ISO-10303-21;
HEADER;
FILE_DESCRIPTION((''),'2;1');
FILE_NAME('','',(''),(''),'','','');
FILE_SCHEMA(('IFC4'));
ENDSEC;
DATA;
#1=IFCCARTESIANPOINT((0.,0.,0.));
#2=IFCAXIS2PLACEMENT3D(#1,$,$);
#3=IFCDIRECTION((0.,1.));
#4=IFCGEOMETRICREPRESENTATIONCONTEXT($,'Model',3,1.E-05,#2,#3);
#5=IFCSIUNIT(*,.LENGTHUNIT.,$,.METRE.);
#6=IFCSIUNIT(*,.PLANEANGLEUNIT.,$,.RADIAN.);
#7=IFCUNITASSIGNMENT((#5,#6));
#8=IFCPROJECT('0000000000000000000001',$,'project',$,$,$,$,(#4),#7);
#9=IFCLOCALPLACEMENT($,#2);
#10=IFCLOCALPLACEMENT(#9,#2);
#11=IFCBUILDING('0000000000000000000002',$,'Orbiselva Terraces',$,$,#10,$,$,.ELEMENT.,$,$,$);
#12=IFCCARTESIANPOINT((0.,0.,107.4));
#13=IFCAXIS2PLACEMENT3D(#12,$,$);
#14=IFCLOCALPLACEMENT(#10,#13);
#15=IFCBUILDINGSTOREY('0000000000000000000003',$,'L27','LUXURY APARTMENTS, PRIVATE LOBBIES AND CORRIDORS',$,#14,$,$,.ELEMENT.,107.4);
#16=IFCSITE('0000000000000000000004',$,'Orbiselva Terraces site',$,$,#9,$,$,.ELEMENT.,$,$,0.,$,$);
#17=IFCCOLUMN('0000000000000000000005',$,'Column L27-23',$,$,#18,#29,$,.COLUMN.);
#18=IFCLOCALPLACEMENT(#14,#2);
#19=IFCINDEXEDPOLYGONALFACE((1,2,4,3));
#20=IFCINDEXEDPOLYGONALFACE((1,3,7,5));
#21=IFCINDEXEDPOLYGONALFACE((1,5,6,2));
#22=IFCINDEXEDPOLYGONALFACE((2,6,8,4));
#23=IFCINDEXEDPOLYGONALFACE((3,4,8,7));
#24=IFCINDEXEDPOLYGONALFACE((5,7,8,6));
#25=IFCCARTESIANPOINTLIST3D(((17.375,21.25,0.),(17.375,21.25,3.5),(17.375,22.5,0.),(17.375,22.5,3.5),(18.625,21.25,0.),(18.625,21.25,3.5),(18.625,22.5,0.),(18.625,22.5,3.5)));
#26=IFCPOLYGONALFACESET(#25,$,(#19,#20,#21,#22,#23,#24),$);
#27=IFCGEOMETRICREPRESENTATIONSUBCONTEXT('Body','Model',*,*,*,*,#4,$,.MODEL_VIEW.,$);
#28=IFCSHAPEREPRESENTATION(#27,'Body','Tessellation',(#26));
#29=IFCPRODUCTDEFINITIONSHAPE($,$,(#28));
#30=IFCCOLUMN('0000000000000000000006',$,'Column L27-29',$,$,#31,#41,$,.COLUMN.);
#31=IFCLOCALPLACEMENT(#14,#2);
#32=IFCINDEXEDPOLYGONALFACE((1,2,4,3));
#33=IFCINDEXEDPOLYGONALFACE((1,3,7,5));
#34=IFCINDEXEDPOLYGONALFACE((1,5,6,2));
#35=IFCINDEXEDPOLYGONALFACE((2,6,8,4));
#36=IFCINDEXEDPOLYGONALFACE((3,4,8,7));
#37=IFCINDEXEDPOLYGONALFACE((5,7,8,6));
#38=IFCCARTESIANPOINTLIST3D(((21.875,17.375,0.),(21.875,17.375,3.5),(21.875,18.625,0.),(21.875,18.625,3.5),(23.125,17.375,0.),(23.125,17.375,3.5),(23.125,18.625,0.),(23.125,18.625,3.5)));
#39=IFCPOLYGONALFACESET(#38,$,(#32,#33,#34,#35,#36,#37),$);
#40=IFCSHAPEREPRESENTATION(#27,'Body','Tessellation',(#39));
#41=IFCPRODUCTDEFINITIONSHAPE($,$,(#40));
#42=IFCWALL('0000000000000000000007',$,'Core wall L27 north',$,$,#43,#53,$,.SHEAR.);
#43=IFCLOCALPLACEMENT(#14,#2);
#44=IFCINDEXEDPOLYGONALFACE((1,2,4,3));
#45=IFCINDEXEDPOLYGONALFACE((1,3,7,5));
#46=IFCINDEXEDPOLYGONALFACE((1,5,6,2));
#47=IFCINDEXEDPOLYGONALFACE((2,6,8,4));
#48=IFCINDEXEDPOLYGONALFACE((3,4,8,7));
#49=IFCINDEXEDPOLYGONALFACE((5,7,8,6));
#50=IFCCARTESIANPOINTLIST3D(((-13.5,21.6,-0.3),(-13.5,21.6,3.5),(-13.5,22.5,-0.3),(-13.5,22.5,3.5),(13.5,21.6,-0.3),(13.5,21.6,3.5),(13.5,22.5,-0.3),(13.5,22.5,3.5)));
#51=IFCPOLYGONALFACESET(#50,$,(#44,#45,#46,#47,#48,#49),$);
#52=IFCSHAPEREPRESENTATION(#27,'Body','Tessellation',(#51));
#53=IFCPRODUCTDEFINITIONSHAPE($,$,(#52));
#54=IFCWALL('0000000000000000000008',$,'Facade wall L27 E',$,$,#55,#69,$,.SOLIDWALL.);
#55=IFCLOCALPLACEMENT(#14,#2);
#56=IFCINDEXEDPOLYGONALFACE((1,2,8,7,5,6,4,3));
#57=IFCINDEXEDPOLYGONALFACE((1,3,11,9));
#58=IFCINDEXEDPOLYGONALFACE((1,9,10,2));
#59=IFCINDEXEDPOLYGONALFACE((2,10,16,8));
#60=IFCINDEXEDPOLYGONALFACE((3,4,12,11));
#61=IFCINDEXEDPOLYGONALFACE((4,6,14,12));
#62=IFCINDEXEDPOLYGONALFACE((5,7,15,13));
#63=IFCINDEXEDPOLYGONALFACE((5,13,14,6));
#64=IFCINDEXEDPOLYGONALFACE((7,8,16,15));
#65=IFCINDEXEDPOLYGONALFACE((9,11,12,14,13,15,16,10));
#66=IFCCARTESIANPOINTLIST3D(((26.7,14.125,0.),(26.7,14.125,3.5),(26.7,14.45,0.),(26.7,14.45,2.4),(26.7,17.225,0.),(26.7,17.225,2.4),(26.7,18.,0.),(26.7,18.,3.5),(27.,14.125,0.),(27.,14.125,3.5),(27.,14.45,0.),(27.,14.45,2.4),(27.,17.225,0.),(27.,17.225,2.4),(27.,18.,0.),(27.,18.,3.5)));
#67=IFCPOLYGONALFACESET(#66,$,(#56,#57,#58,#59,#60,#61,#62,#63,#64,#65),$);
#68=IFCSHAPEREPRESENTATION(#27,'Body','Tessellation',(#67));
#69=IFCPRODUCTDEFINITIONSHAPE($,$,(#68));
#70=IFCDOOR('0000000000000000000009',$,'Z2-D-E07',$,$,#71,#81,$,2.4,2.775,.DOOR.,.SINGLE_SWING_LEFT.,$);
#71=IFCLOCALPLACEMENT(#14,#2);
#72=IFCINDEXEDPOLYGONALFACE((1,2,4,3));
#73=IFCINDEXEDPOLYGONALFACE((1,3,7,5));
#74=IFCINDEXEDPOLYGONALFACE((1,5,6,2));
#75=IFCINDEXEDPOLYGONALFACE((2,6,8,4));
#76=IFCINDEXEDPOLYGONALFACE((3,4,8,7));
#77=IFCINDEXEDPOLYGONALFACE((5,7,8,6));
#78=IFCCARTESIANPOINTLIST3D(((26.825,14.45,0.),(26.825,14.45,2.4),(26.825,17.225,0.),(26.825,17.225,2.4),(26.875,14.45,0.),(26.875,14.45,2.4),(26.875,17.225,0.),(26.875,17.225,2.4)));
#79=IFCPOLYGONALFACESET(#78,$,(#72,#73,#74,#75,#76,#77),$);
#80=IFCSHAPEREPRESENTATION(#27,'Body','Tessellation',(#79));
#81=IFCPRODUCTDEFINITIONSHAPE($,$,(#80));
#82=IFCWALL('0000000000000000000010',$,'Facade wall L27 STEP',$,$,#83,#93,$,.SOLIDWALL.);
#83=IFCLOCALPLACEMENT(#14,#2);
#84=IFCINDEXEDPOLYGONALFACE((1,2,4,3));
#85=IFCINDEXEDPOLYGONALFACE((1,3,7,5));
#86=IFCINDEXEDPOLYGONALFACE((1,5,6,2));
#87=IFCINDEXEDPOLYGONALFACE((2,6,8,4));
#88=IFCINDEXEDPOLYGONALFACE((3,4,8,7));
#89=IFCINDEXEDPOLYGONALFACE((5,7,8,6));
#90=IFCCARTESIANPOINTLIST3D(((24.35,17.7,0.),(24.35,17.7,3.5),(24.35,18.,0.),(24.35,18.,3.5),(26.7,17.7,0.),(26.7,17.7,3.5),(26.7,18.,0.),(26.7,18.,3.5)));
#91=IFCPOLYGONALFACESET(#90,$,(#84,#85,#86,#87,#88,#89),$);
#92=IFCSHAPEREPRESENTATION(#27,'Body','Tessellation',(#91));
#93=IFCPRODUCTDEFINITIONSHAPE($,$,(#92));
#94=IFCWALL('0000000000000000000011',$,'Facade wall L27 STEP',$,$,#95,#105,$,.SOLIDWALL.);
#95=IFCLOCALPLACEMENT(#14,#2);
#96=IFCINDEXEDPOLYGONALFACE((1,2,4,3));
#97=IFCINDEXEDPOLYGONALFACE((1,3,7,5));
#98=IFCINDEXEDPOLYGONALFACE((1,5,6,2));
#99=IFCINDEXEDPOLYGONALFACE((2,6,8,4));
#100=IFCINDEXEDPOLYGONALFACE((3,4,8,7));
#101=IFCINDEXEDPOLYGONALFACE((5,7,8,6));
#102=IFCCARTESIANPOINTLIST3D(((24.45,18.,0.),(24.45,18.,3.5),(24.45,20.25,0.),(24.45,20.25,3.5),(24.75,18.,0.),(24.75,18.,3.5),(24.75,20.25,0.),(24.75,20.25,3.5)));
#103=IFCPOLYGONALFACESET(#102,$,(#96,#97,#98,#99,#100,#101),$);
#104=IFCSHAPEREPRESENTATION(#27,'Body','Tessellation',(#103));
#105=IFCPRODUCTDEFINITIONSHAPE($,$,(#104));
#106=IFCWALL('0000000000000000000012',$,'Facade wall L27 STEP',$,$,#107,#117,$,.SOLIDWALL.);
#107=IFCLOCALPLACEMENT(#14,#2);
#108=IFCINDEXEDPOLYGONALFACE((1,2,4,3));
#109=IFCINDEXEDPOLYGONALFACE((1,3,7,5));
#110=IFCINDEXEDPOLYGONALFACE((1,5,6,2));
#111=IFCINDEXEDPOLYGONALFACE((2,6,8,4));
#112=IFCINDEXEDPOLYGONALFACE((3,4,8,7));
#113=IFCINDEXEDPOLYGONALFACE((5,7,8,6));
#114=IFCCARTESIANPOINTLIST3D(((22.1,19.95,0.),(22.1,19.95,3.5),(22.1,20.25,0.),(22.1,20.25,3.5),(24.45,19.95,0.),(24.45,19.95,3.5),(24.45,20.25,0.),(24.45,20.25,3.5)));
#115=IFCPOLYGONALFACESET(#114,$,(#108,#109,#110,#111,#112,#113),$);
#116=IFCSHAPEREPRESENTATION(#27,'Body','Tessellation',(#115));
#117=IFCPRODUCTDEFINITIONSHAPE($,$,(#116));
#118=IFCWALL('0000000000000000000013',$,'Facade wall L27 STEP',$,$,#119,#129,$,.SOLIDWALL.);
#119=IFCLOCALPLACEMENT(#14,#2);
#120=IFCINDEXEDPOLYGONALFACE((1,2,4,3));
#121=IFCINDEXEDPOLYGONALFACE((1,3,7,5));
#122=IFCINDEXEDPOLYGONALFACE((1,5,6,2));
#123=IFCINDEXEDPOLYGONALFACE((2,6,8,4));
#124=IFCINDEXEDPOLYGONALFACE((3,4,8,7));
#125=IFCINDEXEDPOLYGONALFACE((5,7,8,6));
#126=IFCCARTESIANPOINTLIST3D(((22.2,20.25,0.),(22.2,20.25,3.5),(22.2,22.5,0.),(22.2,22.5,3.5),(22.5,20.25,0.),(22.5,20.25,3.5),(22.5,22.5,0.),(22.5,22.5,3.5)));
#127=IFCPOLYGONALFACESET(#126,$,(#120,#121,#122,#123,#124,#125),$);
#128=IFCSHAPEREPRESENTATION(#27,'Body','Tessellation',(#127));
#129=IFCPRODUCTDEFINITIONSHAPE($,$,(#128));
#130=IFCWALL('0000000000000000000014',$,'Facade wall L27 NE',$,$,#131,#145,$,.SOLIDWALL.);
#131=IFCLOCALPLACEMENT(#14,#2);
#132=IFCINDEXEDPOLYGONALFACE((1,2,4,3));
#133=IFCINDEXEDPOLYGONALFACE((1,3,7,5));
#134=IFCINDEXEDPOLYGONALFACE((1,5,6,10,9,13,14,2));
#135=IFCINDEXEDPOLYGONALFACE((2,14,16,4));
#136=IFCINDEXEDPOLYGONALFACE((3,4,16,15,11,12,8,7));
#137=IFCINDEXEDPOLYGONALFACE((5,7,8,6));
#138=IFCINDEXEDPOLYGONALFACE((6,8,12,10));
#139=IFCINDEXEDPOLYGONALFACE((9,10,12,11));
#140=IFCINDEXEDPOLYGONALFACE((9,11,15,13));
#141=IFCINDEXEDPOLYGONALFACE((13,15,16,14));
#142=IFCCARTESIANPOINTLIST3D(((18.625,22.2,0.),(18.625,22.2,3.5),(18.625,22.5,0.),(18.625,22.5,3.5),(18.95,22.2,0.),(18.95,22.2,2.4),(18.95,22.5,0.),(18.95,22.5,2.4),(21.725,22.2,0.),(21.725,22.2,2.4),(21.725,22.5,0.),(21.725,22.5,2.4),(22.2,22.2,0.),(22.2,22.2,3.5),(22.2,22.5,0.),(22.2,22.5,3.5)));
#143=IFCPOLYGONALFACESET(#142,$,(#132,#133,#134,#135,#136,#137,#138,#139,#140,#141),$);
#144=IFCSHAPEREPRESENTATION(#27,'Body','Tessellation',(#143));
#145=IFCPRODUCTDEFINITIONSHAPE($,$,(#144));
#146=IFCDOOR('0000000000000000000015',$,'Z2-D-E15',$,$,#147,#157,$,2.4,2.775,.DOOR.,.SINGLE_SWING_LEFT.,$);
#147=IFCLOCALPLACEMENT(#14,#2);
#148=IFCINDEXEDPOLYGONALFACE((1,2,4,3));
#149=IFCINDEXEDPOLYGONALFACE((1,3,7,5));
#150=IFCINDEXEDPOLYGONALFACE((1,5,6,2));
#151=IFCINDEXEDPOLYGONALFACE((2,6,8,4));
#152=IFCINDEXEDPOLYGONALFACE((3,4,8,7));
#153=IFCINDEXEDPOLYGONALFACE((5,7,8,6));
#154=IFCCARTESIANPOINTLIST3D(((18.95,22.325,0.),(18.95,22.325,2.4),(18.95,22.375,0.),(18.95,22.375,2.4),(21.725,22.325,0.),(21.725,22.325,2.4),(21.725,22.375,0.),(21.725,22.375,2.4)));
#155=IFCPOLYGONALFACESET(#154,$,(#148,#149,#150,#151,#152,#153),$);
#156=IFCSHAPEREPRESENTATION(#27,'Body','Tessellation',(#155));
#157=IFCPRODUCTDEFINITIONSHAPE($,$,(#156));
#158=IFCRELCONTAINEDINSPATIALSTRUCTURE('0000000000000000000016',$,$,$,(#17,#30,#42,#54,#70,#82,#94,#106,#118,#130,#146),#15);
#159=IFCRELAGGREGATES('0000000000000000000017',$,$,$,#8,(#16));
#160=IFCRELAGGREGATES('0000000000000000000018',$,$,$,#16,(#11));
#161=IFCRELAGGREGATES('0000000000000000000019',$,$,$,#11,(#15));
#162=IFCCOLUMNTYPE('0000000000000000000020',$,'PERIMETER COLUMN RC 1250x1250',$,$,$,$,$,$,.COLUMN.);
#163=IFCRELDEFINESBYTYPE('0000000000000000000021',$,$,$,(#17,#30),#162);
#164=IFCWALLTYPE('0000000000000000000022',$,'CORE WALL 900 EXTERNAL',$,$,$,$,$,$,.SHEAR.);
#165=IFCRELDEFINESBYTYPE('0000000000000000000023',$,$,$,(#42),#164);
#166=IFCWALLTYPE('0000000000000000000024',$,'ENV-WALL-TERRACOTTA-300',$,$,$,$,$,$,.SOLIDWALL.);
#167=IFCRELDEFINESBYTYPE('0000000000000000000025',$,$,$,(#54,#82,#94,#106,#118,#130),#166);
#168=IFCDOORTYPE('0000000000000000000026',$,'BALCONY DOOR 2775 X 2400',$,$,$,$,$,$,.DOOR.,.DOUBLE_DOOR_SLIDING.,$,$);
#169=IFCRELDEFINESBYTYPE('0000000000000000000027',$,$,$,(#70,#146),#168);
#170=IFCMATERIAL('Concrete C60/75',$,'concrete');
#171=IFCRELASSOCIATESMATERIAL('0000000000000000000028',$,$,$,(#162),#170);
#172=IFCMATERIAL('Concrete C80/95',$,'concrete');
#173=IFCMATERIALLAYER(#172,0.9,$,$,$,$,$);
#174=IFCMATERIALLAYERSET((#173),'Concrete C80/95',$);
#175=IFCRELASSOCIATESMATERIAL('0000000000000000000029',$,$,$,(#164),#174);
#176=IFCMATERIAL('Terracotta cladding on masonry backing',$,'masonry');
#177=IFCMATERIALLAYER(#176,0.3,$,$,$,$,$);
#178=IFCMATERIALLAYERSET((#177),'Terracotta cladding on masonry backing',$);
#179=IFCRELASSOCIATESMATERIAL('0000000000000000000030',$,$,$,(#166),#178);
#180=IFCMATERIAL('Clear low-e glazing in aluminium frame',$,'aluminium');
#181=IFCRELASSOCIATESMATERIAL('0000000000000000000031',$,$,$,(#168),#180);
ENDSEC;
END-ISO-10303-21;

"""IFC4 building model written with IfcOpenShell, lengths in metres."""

from ifc_helpers import new_model, si_unit, direction, frame, frame_2d, origin, origin_2d, place, context, subcontext, project, spatial, rectangle, extrude, material, layer, layer_set, material_profile, profile_set, type_object, element, fill, save


model = new_model("IFC4")

# Units and contexts
model_context = context("Model", 3, precision=1e-05, world=origin(), true_north=direction((0.0, 1.0)))
body_context = subcontext(model_context, "Body", "Model", "MODEL_VIEW")
ifc_project = project(units=[si_unit("LENGTHUNIT", "METRE"), si_unit("PLANEANGLEUNIT", "RADIAN")], contexts=[model_context])

# Site, building, storey
site_placement = place(None, origin())
site = spatial("IfcSite", under=ifc_project, at=site_placement, Name="Orbiselva Terraces site", CompositionType="ELEMENT", RefElevation=0.0)
building_placement = place(site_placement, origin())
building = spatial("IfcBuilding", under=site, at=building_placement, Name="Orbiselva Terraces", CompositionType="ELEMENT")
storey_placement = place(building_placement, frame((0.0, 0.0, 107.4)))
storey = spatial("IfcBuildingStorey", under=building, at=storey_placement, Name="L27", Description="LUXURY APARTMENTS, PRIVATE LOBBIES AND CORRIDORS", CompositionType="ELEMENT", Elevation=107.4)

# Columns
ifc_material_1 = material(Name="Concrete C60/75", Category="concrete")
ifc_material_profile = material_profile(ifc_material_1, rectangle(XDim=1.25, YDim=1.25, at=origin_2d()), Name="RC 1250x1250")
ifc_profile_set = profile_set([ifc_material_profile], Name="Concrete C60/75")
column_type = type_object("IfcColumnType", Name="PERIMETER COLUMN RC 1250x1250", PredefinedType="COLUMN", material=ifc_profile_set)
for number, where, z_axis, x_axis, name in (
    (1, (18.0, 21.875, 0.0), (0.0, 0.0, 1.0), (1.0, 0.0, 0.0), "Column L27-23"),
    (2, (22.5, 18.0, 0.0), (0.0, 0.0, 1.0), (1.0, 0.0, 0.0), "Column L27-29"),
):
    element("IfcColumn", number, at=place(storey_placement, frame(where, z_axis=z_axis, x_axis=x_axis)), inside=storey, type_object=column_type, Name=name, PredefinedType="COLUMN", context=body_context, shape_type="SweptSolid", body=[
        extrude(rectangle(XDim=1.25, YDim=1.25, at=origin_2d()), origin(), (0.0, 0.0, 1.0), 3.5),
    ])

# Wall
ifc_material_2 = material(Name="Concrete C80/95", Category="concrete")
ifc_layer_1 = layer(ifc_material_2, 0.9)
ifc_layer_set_1 = layer_set([ifc_layer_1], Name="Concrete C80/95")
wall_type_1 = type_object("IfcWallType", Name="CORE WALL 900 EXTERNAL", PredefinedType="SHEAR", material=ifc_layer_set_1)
wall_1_placement = place(storey_placement, frame((13.5, 22.05, -0.3), z_axis=(0.0, 0.0, 1.0), x_axis=(-1.0, 0.0, 0.0)))
element("IfcWall", 3, at=wall_1_placement, inside=storey, type_object=wall_type_1, Name="Core wall L27 north", PredefinedType="SHEAR", context=body_context, shape_type="SweptSolid", body=[
    extrude(rectangle(XDim=27.0, YDim=0.9, at=frame_2d((13.5, 0.0))), origin(), (0.0, 0.0, 1.0), 3.8),
])

# Wall, opening, door
ifc_material_3 = material(Name="Terracotta cladding on masonry backing", Category="masonry")
ifc_layer_2 = layer(ifc_material_3, 0.3)
ifc_layer_set_2 = layer_set([ifc_layer_2], Name="Terracotta cladding on masonry backing")
wall_type_2 = type_object("IfcWallType", Name="ENV-WALL-TERRACOTTA-300", PredefinedType="SOLIDWALL", material=ifc_layer_set_2)
wall_2_placement = place(storey_placement, frame((26.85, 18.0, 0.0), z_axis=(0.0, 0.0, 1.0), x_axis=(0.0, -1.0, 0.0)))
wall_2 = element("IfcWall", 4, at=wall_2_placement, inside=storey, type_object=wall_type_2, Name="Facade wall L27 E", PredefinedType="SOLIDWALL", context=body_context, shape_type="SweptSolid", body=[
    extrude(rectangle(XDim=3.875, YDim=0.3, at=frame_2d((1.9375, 0.0))), origin(), (0.0, 0.0, 1.0), 3.5),
])
opening_1_placement = place(wall_2_placement, frame((0.775, 0.0, 0.0)))
opening_1 = element("IfcOpeningElement", 5, at=opening_1_placement, cuts=wall_2, PredefinedType="OPENING", context=body_context, shape_type="SweptSolid", body=[
    extrude(rectangle(XDim=2.775, YDim=2.4, at=frame_2d((1.3875, 1.2))), frame((0.0, 0.16, 0.0), z_axis=(0.0, -1.0, 0.0), x_axis=(1.0, 0.0, 0.0)), (0.0, 0.0, 1.0), 0.32),
])
ifc_material_4 = material(Name="Clear low-e glazing in aluminium frame", Category="aluminium")
door_type_1 = type_object("IfcDoorType", Name="BALCONY DOOR 2775 X 2400", OperationType="DOUBLE_DOOR_SLIDING", PredefinedType="DOOR", material=ifc_material_4)
door_1_placement = place(opening_1_placement, origin())
door_1 = element("IfcDoor", 6, at=door_1_placement, inside=storey, type_object=door_type_1, Name="Z2-D-E07", OperationType="SINGLE_SWING_LEFT", OverallHeight=2.4, OverallWidth=2.775, PredefinedType="DOOR", context=body_context, shape_type="SweptSolid", body=[
    extrude(rectangle(XDim=2.775, YDim=2.4, at=frame_2d((1.3875, 1.2))), frame((0.0, 0.025, 0.0), z_axis=(0.0, -1.0, 0.0), x_axis=(1.0, 0.0, 0.0)), (0.0, 0.0, 1.0), 0.05),
])
fill(opening_1, door_1)

# Walls
wall_3_placement = place(storey_placement, frame((24.35, 17.85, 0.0), z_axis=(0.0, 0.0, 1.0), x_axis=(1.0, 0.0, 0.0)))
element("IfcWall", 7, at=wall_3_placement, inside=storey, type_object=wall_type_2, Name="Facade wall L27 STEP", PredefinedType="SOLIDWALL", context=body_context, shape_type="SweptSolid", body=[
    extrude(rectangle(XDim=2.35, YDim=0.3, at=frame_2d((1.175, 0.0))), origin(), (0.0, 0.0, 1.0), 3.5),
])
wall_4_placement = place(storey_placement, frame((24.6, 20.25, 0.0), z_axis=(0.0, 0.0, 1.0), x_axis=(0.0, -1.0, 0.0)))
element("IfcWall", 8, at=wall_4_placement, inside=storey, type_object=wall_type_2, Name="Facade wall L27 STEP", PredefinedType="SOLIDWALL", context=body_context, shape_type="SweptSolid", body=[
    extrude(rectangle(XDim=2.25, YDim=0.3, at=frame_2d((1.125, 0.0))), origin(), (0.0, 0.0, 1.0), 3.5),
])
wall_5_placement = place(storey_placement, frame((22.1, 20.1, 0.0), z_axis=(0.0, 0.0, 1.0), x_axis=(1.0, 0.0, 0.0)))
element("IfcWall", 9, at=wall_5_placement, inside=storey, type_object=wall_type_2, Name="Facade wall L27 STEP", PredefinedType="SOLIDWALL", context=body_context, shape_type="SweptSolid", body=[
    extrude(rectangle(XDim=2.35, YDim=0.3, at=frame_2d((1.175, 0.0))), origin(), (0.0, 0.0, 1.0), 3.5),
])
wall_6_placement = place(storey_placement, frame((22.35, 22.5, 0.0), z_axis=(0.0, 0.0, 1.0), x_axis=(0.0, -1.0, 0.0)))
element("IfcWall", 10, at=wall_6_placement, inside=storey, type_object=wall_type_2, Name="Facade wall L27 STEP", PredefinedType="SOLIDWALL", context=body_context, shape_type="SweptSolid", body=[
    extrude(rectangle(XDim=2.25, YDim=0.3, at=frame_2d((1.125, 0.0))), origin(), (0.0, 0.0, 1.0), 3.5),
])

# Wall, opening, door
wall_7_placement = place(storey_placement, frame((18.625, 22.35, 0.0), z_axis=(0.0, 0.0, 1.0), x_axis=(1.0, 0.0, 0.0)))
wall_7 = element("IfcWall", 11, at=wall_7_placement, inside=storey, type_object=wall_type_2, Name="Facade wall L27 NE", PredefinedType="SOLIDWALL", context=body_context, shape_type="SweptSolid", body=[
    extrude(rectangle(XDim=3.575, YDim=0.3, at=frame_2d((1.7875, 0.0))), origin(), (0.0, 0.0, 1.0), 3.5),
])
opening_2_placement = place(wall_7_placement, frame((0.325, 0.0, 0.0)))
opening_2 = element("IfcOpeningElement", 12, at=opening_2_placement, cuts=wall_7, PredefinedType="OPENING", context=body_context, shape_type="SweptSolid", body=[
    extrude(rectangle(XDim=2.775, YDim=2.4, at=frame_2d((1.3875, 1.2))), frame((0.0, 0.16, 0.0), z_axis=(0.0, -1.0, 0.0), x_axis=(1.0, 0.0, 0.0)), (0.0, 0.0, 1.0), 0.32),
])
door_2_placement = place(opening_2_placement, origin())
door_2 = element("IfcDoor", 13, at=door_2_placement, inside=storey, type_object=door_type_1, Name="Z2-D-E15", OperationType="SINGLE_SWING_LEFT", OverallHeight=2.4, OverallWidth=2.775, PredefinedType="DOOR", context=body_context, shape_type="SweptSolid", body=[
    extrude(rectangle(XDim=2.775, YDim=2.4, at=frame_2d((1.3875, 1.2))), frame((0.0, 0.025, 0.0), z_axis=(0.0, -1.0, 0.0), x_axis=(1.0, 0.0, 0.0)), (0.0, 0.0, 1.0), 0.05),
])
fill(opening_2, door_2)

save(model, "model.ifc")
